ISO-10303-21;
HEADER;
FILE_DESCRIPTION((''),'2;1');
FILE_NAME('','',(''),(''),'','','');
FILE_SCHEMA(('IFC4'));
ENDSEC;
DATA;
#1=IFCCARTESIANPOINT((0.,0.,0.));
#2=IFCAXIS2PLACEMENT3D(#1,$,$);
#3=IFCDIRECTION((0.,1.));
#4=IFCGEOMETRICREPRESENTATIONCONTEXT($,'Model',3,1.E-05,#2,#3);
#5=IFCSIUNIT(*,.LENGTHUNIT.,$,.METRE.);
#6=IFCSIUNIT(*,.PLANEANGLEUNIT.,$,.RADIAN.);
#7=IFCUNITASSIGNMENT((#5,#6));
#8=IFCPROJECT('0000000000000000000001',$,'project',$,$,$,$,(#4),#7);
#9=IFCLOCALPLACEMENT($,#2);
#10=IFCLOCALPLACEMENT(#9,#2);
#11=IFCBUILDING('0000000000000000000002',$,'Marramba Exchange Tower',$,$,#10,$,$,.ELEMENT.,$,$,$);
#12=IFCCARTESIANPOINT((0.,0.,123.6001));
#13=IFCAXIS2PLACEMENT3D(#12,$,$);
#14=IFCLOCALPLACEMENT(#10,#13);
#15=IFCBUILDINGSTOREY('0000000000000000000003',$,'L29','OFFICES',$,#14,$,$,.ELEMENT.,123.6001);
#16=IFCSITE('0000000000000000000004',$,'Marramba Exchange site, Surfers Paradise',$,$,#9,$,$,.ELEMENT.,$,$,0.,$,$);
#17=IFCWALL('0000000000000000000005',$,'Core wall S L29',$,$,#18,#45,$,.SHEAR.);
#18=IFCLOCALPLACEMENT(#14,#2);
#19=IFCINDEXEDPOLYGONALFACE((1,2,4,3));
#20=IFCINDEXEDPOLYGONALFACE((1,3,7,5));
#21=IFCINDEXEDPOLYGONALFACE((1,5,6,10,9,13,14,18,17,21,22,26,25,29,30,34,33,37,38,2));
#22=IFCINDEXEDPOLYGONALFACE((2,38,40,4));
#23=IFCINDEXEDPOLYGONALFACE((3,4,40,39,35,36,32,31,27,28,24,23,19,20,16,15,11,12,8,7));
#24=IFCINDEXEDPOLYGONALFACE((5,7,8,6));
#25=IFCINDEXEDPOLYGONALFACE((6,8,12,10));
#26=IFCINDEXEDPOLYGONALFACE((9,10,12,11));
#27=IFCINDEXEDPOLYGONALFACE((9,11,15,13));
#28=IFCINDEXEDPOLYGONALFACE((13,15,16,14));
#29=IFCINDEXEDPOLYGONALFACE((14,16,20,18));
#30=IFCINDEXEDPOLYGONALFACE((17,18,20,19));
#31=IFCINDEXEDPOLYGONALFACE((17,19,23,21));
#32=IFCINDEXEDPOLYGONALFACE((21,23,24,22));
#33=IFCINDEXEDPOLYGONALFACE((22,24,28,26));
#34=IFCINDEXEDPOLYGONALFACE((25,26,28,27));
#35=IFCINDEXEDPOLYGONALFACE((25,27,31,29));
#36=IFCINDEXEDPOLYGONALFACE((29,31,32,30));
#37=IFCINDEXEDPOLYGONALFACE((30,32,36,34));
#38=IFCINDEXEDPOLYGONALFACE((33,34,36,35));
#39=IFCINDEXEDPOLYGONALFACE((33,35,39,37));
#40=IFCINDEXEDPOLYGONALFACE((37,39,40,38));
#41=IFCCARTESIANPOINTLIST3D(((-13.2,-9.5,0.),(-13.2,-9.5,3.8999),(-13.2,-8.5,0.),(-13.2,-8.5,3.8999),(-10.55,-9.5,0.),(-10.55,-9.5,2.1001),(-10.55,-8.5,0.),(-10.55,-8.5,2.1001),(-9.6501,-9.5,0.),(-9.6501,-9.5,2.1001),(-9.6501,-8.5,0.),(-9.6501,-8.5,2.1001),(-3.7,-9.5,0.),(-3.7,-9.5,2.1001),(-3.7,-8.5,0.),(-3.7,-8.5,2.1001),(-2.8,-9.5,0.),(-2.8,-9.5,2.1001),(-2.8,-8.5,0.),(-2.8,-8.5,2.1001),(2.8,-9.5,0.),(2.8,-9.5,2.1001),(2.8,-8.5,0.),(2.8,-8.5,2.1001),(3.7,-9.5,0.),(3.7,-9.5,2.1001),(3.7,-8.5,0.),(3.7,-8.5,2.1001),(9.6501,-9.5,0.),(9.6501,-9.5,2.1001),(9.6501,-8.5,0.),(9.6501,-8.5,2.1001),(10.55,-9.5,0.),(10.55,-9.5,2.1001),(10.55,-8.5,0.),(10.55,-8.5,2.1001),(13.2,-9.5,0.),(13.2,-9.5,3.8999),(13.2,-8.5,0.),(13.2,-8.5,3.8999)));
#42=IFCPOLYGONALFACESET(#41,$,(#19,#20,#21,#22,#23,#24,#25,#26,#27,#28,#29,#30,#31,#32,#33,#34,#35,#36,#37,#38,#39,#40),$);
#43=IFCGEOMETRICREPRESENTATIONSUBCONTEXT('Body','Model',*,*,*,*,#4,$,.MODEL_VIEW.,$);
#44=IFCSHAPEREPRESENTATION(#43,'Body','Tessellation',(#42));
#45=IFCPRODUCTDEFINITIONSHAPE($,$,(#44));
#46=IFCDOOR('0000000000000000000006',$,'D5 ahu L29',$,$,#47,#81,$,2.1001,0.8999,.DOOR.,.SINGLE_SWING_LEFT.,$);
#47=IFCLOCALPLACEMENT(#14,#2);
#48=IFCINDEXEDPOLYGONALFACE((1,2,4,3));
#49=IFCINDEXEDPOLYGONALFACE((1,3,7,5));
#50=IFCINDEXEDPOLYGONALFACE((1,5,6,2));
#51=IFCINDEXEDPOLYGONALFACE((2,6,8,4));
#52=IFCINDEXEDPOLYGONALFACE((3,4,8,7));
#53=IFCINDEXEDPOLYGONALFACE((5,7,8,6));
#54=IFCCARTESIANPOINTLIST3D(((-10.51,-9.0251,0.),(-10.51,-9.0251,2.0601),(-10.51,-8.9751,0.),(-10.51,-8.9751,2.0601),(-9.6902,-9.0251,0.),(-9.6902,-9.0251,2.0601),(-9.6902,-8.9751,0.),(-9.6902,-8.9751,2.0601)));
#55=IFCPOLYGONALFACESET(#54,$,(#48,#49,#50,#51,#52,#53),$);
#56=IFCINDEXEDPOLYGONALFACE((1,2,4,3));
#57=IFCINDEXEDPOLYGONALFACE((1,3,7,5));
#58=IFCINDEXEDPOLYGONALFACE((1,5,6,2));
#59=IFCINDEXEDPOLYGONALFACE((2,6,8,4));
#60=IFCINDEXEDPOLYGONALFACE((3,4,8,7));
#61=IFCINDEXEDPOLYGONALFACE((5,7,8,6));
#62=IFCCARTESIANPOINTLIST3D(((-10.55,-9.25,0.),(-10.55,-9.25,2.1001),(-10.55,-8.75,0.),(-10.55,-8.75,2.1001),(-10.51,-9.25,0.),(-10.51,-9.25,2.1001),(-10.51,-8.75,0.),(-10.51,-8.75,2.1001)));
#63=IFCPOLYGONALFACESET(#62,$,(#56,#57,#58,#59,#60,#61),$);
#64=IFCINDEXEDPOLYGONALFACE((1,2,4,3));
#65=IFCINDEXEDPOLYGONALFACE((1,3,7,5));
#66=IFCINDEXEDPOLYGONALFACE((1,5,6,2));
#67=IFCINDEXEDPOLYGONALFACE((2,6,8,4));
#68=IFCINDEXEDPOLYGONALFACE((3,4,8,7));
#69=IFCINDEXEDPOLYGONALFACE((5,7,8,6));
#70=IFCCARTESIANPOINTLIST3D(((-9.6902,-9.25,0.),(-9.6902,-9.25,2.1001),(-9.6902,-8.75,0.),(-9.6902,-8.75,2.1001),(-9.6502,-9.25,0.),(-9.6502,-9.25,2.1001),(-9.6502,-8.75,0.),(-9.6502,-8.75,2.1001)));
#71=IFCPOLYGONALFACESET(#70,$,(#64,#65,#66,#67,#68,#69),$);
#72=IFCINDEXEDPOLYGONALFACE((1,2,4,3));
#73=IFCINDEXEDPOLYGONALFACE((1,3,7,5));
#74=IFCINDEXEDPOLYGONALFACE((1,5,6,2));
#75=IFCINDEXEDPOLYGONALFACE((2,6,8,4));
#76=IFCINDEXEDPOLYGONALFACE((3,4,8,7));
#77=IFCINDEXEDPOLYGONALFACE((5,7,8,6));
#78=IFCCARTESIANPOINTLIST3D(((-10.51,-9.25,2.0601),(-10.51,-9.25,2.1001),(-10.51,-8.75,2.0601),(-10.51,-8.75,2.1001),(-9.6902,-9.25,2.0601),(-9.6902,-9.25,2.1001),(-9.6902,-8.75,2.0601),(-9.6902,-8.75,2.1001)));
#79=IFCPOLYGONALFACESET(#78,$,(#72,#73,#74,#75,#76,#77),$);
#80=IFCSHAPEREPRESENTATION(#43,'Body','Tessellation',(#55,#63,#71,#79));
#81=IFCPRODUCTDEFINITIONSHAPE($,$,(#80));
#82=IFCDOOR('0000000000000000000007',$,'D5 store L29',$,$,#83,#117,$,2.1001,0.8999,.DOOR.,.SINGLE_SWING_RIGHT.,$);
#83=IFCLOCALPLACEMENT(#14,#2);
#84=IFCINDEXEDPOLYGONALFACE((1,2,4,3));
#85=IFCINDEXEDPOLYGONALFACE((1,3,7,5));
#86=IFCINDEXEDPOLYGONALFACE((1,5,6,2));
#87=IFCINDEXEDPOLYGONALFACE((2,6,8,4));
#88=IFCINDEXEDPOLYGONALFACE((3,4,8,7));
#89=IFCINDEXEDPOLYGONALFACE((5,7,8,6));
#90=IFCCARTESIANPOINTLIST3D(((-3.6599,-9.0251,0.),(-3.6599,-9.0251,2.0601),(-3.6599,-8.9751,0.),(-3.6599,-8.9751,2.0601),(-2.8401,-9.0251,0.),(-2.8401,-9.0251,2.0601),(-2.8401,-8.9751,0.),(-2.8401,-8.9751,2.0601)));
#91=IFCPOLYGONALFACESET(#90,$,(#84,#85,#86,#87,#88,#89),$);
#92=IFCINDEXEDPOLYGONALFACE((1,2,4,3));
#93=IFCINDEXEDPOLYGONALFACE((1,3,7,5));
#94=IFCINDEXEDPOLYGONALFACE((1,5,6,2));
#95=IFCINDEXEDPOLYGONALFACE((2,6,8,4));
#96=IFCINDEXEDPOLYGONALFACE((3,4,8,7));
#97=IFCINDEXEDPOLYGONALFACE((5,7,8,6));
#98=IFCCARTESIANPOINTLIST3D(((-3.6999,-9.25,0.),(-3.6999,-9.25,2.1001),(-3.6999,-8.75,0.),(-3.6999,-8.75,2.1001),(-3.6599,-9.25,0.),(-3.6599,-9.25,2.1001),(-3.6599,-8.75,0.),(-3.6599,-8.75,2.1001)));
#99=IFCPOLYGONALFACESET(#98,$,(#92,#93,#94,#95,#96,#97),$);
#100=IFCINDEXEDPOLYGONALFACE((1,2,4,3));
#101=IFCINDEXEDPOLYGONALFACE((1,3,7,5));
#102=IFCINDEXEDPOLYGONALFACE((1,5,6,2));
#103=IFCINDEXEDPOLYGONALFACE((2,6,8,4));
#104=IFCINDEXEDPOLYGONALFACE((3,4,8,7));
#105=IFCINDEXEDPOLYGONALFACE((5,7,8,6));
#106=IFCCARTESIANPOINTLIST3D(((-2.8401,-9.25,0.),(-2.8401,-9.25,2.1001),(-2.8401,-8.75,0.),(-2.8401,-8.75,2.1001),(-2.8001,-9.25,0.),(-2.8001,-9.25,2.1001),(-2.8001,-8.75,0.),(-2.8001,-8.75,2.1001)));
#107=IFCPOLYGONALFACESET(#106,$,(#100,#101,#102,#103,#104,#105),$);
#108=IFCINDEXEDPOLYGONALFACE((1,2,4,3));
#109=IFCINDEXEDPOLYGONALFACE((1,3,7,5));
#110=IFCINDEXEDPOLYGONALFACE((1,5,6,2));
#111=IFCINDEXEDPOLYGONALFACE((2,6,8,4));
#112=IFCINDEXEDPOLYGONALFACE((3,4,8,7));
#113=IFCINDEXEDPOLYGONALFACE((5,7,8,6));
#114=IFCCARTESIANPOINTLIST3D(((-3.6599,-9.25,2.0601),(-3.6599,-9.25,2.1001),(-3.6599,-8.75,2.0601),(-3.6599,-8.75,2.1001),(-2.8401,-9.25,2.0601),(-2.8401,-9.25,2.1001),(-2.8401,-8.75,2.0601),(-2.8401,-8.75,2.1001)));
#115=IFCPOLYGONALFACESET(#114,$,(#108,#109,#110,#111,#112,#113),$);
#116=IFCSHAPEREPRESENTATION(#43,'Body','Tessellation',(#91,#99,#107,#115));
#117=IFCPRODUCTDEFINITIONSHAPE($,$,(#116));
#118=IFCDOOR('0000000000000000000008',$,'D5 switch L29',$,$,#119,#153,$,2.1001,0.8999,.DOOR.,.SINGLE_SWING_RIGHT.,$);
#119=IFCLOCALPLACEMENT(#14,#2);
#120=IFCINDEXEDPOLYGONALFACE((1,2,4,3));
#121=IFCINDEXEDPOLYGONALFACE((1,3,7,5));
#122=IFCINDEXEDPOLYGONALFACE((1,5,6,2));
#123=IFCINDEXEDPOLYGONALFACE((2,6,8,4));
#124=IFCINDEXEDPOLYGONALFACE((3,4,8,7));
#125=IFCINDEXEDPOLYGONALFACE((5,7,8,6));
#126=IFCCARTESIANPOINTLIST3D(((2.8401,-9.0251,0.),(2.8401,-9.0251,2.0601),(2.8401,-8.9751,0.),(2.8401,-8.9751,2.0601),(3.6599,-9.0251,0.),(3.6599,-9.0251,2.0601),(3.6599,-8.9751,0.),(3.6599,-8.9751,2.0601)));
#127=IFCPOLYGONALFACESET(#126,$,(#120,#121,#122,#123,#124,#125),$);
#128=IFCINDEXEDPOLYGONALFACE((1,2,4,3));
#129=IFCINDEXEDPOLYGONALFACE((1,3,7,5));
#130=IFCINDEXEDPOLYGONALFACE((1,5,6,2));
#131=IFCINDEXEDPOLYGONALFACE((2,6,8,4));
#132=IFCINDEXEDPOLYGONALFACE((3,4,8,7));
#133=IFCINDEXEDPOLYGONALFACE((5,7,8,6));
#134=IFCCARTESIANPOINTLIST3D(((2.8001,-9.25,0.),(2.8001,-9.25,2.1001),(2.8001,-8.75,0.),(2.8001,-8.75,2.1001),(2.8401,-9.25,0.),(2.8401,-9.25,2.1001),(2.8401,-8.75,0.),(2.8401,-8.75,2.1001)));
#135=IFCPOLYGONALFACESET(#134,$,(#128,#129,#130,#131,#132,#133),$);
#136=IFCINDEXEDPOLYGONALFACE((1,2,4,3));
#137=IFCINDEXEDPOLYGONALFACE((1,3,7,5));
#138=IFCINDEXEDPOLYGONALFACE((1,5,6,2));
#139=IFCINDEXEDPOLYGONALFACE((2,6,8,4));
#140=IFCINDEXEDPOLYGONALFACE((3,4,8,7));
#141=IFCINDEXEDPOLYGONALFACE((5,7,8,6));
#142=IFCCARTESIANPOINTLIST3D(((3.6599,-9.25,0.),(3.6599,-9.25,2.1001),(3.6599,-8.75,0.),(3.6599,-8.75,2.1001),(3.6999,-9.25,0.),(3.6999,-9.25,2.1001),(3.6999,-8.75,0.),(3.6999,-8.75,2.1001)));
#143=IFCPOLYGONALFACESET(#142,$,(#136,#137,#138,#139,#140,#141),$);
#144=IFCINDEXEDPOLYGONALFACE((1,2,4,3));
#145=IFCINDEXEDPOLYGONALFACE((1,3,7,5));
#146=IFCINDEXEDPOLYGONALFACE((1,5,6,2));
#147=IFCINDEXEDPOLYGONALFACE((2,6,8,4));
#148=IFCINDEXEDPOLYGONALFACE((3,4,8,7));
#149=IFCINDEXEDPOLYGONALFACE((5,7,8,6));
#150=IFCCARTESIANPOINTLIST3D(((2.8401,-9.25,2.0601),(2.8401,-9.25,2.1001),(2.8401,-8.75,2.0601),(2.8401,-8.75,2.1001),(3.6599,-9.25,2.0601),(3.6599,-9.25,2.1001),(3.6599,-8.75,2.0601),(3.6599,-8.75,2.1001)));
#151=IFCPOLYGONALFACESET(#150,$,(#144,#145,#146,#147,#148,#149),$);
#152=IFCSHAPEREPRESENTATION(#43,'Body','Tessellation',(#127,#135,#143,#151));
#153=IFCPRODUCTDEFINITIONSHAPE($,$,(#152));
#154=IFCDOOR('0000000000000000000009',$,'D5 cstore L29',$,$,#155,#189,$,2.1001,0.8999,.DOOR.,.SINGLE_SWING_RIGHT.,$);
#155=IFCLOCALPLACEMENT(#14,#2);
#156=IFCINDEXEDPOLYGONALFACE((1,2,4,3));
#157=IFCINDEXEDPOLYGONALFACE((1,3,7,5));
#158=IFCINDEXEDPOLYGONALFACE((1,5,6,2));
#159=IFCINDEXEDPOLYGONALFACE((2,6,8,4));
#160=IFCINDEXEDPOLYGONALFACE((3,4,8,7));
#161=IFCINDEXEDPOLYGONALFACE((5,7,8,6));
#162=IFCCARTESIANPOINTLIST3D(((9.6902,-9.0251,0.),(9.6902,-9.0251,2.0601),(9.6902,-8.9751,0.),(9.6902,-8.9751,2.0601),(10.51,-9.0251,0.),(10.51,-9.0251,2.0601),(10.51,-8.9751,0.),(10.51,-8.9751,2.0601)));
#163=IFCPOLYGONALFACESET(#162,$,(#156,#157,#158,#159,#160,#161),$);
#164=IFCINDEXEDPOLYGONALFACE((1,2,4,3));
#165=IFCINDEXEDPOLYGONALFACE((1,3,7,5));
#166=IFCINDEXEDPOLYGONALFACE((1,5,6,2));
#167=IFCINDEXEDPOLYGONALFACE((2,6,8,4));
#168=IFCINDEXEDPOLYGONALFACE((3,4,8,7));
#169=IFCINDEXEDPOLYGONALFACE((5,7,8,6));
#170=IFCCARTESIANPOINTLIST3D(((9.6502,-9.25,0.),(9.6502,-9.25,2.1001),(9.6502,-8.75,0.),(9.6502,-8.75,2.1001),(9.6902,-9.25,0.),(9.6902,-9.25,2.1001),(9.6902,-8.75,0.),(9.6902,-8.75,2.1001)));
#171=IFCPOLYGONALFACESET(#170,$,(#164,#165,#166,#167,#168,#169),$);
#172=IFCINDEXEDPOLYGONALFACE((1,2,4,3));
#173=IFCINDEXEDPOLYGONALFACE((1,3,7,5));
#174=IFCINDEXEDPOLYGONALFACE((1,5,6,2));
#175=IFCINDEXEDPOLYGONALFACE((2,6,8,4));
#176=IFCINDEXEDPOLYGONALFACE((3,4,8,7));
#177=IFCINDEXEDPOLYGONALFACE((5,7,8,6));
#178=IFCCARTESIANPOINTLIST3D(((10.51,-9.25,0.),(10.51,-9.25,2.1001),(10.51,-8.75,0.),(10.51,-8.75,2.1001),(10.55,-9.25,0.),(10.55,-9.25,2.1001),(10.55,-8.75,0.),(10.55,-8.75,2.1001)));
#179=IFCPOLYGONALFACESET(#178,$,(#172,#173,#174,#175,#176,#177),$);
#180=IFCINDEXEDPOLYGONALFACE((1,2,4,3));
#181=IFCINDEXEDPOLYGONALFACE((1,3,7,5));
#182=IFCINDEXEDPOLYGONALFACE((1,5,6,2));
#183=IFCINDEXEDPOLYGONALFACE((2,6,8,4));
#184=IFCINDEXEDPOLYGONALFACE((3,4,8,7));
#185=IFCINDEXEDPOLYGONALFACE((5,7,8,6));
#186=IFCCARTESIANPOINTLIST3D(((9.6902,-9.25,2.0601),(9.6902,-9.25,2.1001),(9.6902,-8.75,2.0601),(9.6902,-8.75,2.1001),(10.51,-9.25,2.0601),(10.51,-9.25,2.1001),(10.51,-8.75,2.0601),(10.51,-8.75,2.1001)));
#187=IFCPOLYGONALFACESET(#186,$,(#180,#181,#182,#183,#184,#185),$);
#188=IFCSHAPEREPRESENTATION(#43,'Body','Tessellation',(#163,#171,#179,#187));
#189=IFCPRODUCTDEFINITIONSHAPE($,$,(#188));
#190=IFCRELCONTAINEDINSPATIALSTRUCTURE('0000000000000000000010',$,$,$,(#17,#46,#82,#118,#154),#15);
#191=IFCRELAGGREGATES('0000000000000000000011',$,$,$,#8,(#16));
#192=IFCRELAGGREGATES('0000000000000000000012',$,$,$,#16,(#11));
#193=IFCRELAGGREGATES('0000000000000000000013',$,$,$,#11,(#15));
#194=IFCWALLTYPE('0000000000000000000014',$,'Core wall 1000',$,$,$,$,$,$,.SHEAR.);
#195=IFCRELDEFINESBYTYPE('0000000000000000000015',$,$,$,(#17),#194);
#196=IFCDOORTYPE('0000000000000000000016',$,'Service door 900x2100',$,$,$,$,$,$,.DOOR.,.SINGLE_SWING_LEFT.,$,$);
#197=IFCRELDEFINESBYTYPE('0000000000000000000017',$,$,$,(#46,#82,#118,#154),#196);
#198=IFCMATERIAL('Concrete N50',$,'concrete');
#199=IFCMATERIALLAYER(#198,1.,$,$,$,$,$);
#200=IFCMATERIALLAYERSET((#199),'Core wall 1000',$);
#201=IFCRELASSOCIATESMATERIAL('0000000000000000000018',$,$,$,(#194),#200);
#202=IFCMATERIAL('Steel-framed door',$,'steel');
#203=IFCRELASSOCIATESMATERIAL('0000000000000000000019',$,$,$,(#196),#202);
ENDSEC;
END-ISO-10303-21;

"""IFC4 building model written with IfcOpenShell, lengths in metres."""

from ifc_helpers import new_model, si_unit, direction, frame, frame_2d, origin, place, context, subcontext, project, spatial, rectangle, extrude, material, layer, layer_set, type_object, element, fill, save


model = new_model("IFC4")

# Units and contexts
model_context = context("Model", 3, precision=1e-05, world=origin(), true_north=direction((0.0, 1.0)))
body_context = subcontext(model_context, "Body", "Model", "MODEL_VIEW")
ifc_project = project(units=[si_unit("LENGTHUNIT", "METRE"), si_unit("PLANEANGLEUNIT", "RADIAN")], contexts=[model_context])

# Site, building, storey
site_placement = place(None, origin())
site = spatial("IfcSite", under=ifc_project, at=site_placement, Name="Marramba Exchange site, Surfers Paradise", CompositionType="ELEMENT", RefElevation=0.0)
building_placement = place(site_placement, origin())
building = spatial("IfcBuilding", under=site, at=building_placement, Name="Marramba Exchange Tower", CompositionType="ELEMENT")
storey_placement = place(building_placement, frame((0.0, 0.0, 123.6001)))
storey = spatial("IfcBuildingStorey", under=building, at=storey_placement, Name="L29", Description="OFFICES", CompositionType="ELEMENT", Elevation=123.6001)

# Shared definitions
ifc_material_1 = material(Name="Concrete N50", Category="concrete")

# Wall, openings, doors
ifc_layer_1 = layer(ifc_material_1, 1.0)
ifc_layer_set_1 = layer_set([ifc_layer_1], Name="Core wall 1000")
wall_type_1 = type_object("IfcWallType", Name="Core wall 1000", PredefinedType="SHEAR", material=ifc_layer_set_1)
wall_1_placement = place(storey_placement, frame((-13.2, -9.0, 0.0), z_axis=(0.0, 0.0, 1.0), x_axis=(1.0, 0.0, 0.0)))
wall_1 = element("IfcWall", 1, at=wall_1_placement, inside=storey, type_object=wall_type_1, Name="Core wall S L29", PredefinedType="SHEAR", context=body_context, shape_type="SweptSolid", body=[
    extrude(rectangle(XDim=26.3999, YDim=1.0, at=frame_2d((13.2, 0.0))), origin(), (0.0, 0.0, 1.0), 3.8999),
])
opening_1_placement = place(wall_1_placement, frame((2.6499, 0.0, 0.0)))
opening_1 = element("IfcOpeningElement", 2, at=opening_1_placement, cuts=wall_1, PredefinedType="OPENING", context=body_context, shape_type="SweptSolid", body=[
    extrude(rectangle(XDim=0.8999, YDim=2.1001, at=frame_2d((0.45, 1.05))), frame((0.0, 0.51, 0.0), z_axis=(0.0, -1.0, 0.0), x_axis=(1.0, 0.0, 0.0)), (0.0, 0.0, 1.0), 1.02),
])
opening_2_placement = place(wall_1_placement, frame((9.5, 0.0, 0.0)))
opening_2 = element("IfcOpeningElement", 3, at=opening_2_placement, cuts=wall_1, PredefinedType="OPENING", context=body_context, shape_type="SweptSolid", body=[
    extrude(rectangle(XDim=0.8999, YDim=2.1001, at=frame_2d((0.45, 1.05))), frame((0.0, 0.51, 0.0), z_axis=(0.0, -1.0, 0.0), x_axis=(1.0, 0.0, 0.0)), (0.0, 0.0, 1.0), 1.02),
])
opening_3_placement = place(wall_1_placement, frame((16.0, 0.0, 0.0)))
opening_3 = element("IfcOpeningElement", 4, at=opening_3_placement, cuts=wall_1, PredefinedType="OPENING", context=body_context, shape_type="SweptSolid", body=[
    extrude(rectangle(XDim=0.8999, YDim=2.1001, at=frame_2d((0.45, 1.05))), frame((0.0, 0.51, 0.0), z_axis=(0.0, -1.0, 0.0), x_axis=(1.0, 0.0, 0.0)), (0.0, 0.0, 1.0), 1.02),
])
opening_4_placement = place(wall_1_placement, frame((22.8501, 0.0, 0.0)))
opening_4 = element("IfcOpeningElement", 5, at=opening_4_placement, cuts=wall_1, PredefinedType="OPENING", context=body_context, shape_type="SweptSolid", body=[
    extrude(rectangle(XDim=0.8999, YDim=2.1001, at=frame_2d((0.45, 1.05))), frame((0.0, 0.51, 0.0), z_axis=(0.0, -1.0, 0.0), x_axis=(1.0, 0.0, 0.0)), (0.0, 0.0, 1.0), 1.02),
])
ifc_material_2 = material(Name="Steel-framed door", Category="steel")
door_type_1 = type_object("IfcDoorType", Name="Service door 900x2100", OperationType="SINGLE_SWING_LEFT", PredefinedType="DOOR", material=ifc_material_2)
door_1_placement = place(opening_1_placement, origin())
door_1 = element("IfcDoor", 6, at=door_1_placement, inside=storey, type_object=door_type_1, Name="D5 ahu L29", OperationType="SINGLE_SWING_LEFT", OverallHeight=2.1001, OverallWidth=0.8999, PredefinedType="DOOR", context=body_context, shape_type="SweptSolid", body=[
    extrude(rectangle(XDim=0.8198, YDim=2.0601, at=frame_2d((0.45, 1.03))), frame((0.0, 0.0249, 0.0), z_axis=(0.0, -1.0, 0.0), x_axis=(1.0, 0.0, 0.0)), (0.0, 0.0, 1.0), 0.05),
    extrude(rectangle(XDim=0.04, YDim=2.1001, at=frame_2d((0.02, 1.05))), frame((0.0, 0.25, 0.0), z_axis=(0.0, -1.0, 0.0), x_axis=(1.0, 0.0, 0.0)), (0.0, 0.0, 1.0), 0.5),
    extrude(rectangle(XDim=0.04, YDim=2.1001, at=frame_2d((0.8799, 1.05))), frame((0.0, 0.25, 0.0), z_axis=(0.0, -1.0, 0.0), x_axis=(1.0, 0.0, 0.0)), (0.0, 0.0, 1.0), 0.5),
    extrude(rectangle(XDim=0.8198, YDim=0.04, at=frame_2d((0.45, 2.0801))), frame((0.0, 0.25, 0.0), z_axis=(0.0, -1.0, 0.0), x_axis=(1.0, 0.0, 0.0)), (0.0, 0.0, 1.0), 0.5),
])
fill(opening_1, door_1)
door_2_placement = place(opening_2_placement, origin())
door_2 = element("IfcDoor", 7, at=door_2_placement, inside=storey, type_object=door_type_1, Name="D5 store L29", OperationType="SINGLE_SWING_RIGHT", OverallHeight=2.1001, OverallWidth=0.8999, PredefinedType="DOOR", context=body_context, shape_type="SweptSolid", body=[
    extrude(rectangle(XDim=0.8198, YDim=2.0601, at=frame_2d((0.45, 1.03))), frame((0.0, 0.0249, 0.0), z_axis=(0.0, -1.0, 0.0), x_axis=(1.0, 0.0, 0.0)), (0.0, 0.0, 1.0), 0.05),
    extrude(rectangle(XDim=0.04, YDim=2.1001, at=frame_2d((0.02, 1.05))), frame((0.0, 0.25, 0.0), z_axis=(0.0, -1.0, 0.0), x_axis=(1.0, 0.0, 0.0)), (0.0, 0.0, 1.0), 0.5),
    extrude(rectangle(XDim=0.04, YDim=2.1001, at=frame_2d((0.8799, 1.05))), frame((0.0, 0.25, 0.0), z_axis=(0.0, -1.0, 0.0), x_axis=(1.0, 0.0, 0.0)), (0.0, 0.0, 1.0), 0.5),
    extrude(rectangle(XDim=0.8198, YDim=0.04, at=frame_2d((0.45, 2.0801))), frame((0.0, 0.25, 0.0), z_axis=(0.0, -1.0, 0.0), x_axis=(1.0, 0.0, 0.0)), (0.0, 0.0, 1.0), 0.5),
])
fill(opening_2, door_2)
door_3_placement = place(opening_3_placement, origin())
door_3 = element("IfcDoor", 8, at=door_3_placement, inside=storey, type_object=door_type_1, Name="D5 switch L29", OperationType="SINGLE_SWING_RIGHT", OverallHeight=2.1001, OverallWidth=0.8999, PredefinedType="DOOR", context=body_context, shape_type="SweptSolid", body=[
    extrude(rectangle(XDim=0.8198, YDim=2.0601, at=frame_2d((0.45, 1.03))), frame((0.0, 0.0249, 0.0), z_axis=(0.0, -1.0, 0.0), x_axis=(1.0, 0.0, 0.0)), (0.0, 0.0, 1.0), 0.05),
    extrude(rectangle(XDim=0.04, YDim=2.1001, at=frame_2d((0.02, 1.05))), frame((0.0, 0.25, 0.0), z_axis=(0.0, -1.0, 0.0), x_axis=(1.0, 0.0, 0.0)), (0.0, 0.0, 1.0), 0.5),
    extrude(rectangle(XDim=0.04, YDim=2.1001, at=frame_2d((0.8799, 1.05))), frame((0.0, 0.25, 0.0), z_axis=(0.0, -1.0, 0.0), x_axis=(1.0, 0.0, 0.0)), (0.0, 0.0, 1.0), 0.5),
    extrude(rectangle(XDim=0.8198, YDim=0.04, at=frame_2d((0.45, 2.0801))), frame((0.0, 0.25, 0.0), z_axis=(0.0, -1.0, 0.0), x_axis=(1.0, 0.0, 0.0)), (0.0, 0.0, 1.0), 0.5),
])
fill(opening_3, door_3)
door_4_placement = place(opening_4_placement, origin())
door_4 = element("IfcDoor", 9, at=door_4_placement, inside=storey, type_object=door_type_1, Name="D5 cstore L29", OperationType="SINGLE_SWING_RIGHT", OverallHeight=2.1001, OverallWidth=0.8999, PredefinedType="DOOR", context=body_context, shape_type="SweptSolid", body=[
    extrude(rectangle(XDim=0.8198, YDim=2.0601, at=frame_2d((0.45, 1.03))), frame((0.0, 0.0249, 0.0), z_axis=(0.0, -1.0, 0.0), x_axis=(1.0, 0.0, 0.0)), (0.0, 0.0, 1.0), 0.05),
    extrude(rectangle(XDim=0.04, YDim=2.1001, at=frame_2d((0.02, 1.05))), frame((0.0, 0.25, 0.0), z_axis=(0.0, -1.0, 0.0), x_axis=(1.0, 0.0, 0.0)), (0.0, 0.0, 1.0), 0.5),
    extrude(rectangle(XDim=0.04, YDim=2.1001, at=frame_2d((0.8799, 1.05))), frame((0.0, 0.25, 0.0), z_axis=(0.0, -1.0, 0.0), x_axis=(1.0, 0.0, 0.0)), (0.0, 0.0, 1.0), 0.5),
    extrude(rectangle(XDim=0.8198, YDim=0.04, at=frame_2d((0.45, 2.0801))), frame((0.0, 0.25, 0.0), z_axis=(0.0, -1.0, 0.0), x_axis=(1.0, 0.0, 0.0)), (0.0, 0.0, 1.0), 0.5),
])
fill(opening_4, door_4)

save(model, "model.ifc")
